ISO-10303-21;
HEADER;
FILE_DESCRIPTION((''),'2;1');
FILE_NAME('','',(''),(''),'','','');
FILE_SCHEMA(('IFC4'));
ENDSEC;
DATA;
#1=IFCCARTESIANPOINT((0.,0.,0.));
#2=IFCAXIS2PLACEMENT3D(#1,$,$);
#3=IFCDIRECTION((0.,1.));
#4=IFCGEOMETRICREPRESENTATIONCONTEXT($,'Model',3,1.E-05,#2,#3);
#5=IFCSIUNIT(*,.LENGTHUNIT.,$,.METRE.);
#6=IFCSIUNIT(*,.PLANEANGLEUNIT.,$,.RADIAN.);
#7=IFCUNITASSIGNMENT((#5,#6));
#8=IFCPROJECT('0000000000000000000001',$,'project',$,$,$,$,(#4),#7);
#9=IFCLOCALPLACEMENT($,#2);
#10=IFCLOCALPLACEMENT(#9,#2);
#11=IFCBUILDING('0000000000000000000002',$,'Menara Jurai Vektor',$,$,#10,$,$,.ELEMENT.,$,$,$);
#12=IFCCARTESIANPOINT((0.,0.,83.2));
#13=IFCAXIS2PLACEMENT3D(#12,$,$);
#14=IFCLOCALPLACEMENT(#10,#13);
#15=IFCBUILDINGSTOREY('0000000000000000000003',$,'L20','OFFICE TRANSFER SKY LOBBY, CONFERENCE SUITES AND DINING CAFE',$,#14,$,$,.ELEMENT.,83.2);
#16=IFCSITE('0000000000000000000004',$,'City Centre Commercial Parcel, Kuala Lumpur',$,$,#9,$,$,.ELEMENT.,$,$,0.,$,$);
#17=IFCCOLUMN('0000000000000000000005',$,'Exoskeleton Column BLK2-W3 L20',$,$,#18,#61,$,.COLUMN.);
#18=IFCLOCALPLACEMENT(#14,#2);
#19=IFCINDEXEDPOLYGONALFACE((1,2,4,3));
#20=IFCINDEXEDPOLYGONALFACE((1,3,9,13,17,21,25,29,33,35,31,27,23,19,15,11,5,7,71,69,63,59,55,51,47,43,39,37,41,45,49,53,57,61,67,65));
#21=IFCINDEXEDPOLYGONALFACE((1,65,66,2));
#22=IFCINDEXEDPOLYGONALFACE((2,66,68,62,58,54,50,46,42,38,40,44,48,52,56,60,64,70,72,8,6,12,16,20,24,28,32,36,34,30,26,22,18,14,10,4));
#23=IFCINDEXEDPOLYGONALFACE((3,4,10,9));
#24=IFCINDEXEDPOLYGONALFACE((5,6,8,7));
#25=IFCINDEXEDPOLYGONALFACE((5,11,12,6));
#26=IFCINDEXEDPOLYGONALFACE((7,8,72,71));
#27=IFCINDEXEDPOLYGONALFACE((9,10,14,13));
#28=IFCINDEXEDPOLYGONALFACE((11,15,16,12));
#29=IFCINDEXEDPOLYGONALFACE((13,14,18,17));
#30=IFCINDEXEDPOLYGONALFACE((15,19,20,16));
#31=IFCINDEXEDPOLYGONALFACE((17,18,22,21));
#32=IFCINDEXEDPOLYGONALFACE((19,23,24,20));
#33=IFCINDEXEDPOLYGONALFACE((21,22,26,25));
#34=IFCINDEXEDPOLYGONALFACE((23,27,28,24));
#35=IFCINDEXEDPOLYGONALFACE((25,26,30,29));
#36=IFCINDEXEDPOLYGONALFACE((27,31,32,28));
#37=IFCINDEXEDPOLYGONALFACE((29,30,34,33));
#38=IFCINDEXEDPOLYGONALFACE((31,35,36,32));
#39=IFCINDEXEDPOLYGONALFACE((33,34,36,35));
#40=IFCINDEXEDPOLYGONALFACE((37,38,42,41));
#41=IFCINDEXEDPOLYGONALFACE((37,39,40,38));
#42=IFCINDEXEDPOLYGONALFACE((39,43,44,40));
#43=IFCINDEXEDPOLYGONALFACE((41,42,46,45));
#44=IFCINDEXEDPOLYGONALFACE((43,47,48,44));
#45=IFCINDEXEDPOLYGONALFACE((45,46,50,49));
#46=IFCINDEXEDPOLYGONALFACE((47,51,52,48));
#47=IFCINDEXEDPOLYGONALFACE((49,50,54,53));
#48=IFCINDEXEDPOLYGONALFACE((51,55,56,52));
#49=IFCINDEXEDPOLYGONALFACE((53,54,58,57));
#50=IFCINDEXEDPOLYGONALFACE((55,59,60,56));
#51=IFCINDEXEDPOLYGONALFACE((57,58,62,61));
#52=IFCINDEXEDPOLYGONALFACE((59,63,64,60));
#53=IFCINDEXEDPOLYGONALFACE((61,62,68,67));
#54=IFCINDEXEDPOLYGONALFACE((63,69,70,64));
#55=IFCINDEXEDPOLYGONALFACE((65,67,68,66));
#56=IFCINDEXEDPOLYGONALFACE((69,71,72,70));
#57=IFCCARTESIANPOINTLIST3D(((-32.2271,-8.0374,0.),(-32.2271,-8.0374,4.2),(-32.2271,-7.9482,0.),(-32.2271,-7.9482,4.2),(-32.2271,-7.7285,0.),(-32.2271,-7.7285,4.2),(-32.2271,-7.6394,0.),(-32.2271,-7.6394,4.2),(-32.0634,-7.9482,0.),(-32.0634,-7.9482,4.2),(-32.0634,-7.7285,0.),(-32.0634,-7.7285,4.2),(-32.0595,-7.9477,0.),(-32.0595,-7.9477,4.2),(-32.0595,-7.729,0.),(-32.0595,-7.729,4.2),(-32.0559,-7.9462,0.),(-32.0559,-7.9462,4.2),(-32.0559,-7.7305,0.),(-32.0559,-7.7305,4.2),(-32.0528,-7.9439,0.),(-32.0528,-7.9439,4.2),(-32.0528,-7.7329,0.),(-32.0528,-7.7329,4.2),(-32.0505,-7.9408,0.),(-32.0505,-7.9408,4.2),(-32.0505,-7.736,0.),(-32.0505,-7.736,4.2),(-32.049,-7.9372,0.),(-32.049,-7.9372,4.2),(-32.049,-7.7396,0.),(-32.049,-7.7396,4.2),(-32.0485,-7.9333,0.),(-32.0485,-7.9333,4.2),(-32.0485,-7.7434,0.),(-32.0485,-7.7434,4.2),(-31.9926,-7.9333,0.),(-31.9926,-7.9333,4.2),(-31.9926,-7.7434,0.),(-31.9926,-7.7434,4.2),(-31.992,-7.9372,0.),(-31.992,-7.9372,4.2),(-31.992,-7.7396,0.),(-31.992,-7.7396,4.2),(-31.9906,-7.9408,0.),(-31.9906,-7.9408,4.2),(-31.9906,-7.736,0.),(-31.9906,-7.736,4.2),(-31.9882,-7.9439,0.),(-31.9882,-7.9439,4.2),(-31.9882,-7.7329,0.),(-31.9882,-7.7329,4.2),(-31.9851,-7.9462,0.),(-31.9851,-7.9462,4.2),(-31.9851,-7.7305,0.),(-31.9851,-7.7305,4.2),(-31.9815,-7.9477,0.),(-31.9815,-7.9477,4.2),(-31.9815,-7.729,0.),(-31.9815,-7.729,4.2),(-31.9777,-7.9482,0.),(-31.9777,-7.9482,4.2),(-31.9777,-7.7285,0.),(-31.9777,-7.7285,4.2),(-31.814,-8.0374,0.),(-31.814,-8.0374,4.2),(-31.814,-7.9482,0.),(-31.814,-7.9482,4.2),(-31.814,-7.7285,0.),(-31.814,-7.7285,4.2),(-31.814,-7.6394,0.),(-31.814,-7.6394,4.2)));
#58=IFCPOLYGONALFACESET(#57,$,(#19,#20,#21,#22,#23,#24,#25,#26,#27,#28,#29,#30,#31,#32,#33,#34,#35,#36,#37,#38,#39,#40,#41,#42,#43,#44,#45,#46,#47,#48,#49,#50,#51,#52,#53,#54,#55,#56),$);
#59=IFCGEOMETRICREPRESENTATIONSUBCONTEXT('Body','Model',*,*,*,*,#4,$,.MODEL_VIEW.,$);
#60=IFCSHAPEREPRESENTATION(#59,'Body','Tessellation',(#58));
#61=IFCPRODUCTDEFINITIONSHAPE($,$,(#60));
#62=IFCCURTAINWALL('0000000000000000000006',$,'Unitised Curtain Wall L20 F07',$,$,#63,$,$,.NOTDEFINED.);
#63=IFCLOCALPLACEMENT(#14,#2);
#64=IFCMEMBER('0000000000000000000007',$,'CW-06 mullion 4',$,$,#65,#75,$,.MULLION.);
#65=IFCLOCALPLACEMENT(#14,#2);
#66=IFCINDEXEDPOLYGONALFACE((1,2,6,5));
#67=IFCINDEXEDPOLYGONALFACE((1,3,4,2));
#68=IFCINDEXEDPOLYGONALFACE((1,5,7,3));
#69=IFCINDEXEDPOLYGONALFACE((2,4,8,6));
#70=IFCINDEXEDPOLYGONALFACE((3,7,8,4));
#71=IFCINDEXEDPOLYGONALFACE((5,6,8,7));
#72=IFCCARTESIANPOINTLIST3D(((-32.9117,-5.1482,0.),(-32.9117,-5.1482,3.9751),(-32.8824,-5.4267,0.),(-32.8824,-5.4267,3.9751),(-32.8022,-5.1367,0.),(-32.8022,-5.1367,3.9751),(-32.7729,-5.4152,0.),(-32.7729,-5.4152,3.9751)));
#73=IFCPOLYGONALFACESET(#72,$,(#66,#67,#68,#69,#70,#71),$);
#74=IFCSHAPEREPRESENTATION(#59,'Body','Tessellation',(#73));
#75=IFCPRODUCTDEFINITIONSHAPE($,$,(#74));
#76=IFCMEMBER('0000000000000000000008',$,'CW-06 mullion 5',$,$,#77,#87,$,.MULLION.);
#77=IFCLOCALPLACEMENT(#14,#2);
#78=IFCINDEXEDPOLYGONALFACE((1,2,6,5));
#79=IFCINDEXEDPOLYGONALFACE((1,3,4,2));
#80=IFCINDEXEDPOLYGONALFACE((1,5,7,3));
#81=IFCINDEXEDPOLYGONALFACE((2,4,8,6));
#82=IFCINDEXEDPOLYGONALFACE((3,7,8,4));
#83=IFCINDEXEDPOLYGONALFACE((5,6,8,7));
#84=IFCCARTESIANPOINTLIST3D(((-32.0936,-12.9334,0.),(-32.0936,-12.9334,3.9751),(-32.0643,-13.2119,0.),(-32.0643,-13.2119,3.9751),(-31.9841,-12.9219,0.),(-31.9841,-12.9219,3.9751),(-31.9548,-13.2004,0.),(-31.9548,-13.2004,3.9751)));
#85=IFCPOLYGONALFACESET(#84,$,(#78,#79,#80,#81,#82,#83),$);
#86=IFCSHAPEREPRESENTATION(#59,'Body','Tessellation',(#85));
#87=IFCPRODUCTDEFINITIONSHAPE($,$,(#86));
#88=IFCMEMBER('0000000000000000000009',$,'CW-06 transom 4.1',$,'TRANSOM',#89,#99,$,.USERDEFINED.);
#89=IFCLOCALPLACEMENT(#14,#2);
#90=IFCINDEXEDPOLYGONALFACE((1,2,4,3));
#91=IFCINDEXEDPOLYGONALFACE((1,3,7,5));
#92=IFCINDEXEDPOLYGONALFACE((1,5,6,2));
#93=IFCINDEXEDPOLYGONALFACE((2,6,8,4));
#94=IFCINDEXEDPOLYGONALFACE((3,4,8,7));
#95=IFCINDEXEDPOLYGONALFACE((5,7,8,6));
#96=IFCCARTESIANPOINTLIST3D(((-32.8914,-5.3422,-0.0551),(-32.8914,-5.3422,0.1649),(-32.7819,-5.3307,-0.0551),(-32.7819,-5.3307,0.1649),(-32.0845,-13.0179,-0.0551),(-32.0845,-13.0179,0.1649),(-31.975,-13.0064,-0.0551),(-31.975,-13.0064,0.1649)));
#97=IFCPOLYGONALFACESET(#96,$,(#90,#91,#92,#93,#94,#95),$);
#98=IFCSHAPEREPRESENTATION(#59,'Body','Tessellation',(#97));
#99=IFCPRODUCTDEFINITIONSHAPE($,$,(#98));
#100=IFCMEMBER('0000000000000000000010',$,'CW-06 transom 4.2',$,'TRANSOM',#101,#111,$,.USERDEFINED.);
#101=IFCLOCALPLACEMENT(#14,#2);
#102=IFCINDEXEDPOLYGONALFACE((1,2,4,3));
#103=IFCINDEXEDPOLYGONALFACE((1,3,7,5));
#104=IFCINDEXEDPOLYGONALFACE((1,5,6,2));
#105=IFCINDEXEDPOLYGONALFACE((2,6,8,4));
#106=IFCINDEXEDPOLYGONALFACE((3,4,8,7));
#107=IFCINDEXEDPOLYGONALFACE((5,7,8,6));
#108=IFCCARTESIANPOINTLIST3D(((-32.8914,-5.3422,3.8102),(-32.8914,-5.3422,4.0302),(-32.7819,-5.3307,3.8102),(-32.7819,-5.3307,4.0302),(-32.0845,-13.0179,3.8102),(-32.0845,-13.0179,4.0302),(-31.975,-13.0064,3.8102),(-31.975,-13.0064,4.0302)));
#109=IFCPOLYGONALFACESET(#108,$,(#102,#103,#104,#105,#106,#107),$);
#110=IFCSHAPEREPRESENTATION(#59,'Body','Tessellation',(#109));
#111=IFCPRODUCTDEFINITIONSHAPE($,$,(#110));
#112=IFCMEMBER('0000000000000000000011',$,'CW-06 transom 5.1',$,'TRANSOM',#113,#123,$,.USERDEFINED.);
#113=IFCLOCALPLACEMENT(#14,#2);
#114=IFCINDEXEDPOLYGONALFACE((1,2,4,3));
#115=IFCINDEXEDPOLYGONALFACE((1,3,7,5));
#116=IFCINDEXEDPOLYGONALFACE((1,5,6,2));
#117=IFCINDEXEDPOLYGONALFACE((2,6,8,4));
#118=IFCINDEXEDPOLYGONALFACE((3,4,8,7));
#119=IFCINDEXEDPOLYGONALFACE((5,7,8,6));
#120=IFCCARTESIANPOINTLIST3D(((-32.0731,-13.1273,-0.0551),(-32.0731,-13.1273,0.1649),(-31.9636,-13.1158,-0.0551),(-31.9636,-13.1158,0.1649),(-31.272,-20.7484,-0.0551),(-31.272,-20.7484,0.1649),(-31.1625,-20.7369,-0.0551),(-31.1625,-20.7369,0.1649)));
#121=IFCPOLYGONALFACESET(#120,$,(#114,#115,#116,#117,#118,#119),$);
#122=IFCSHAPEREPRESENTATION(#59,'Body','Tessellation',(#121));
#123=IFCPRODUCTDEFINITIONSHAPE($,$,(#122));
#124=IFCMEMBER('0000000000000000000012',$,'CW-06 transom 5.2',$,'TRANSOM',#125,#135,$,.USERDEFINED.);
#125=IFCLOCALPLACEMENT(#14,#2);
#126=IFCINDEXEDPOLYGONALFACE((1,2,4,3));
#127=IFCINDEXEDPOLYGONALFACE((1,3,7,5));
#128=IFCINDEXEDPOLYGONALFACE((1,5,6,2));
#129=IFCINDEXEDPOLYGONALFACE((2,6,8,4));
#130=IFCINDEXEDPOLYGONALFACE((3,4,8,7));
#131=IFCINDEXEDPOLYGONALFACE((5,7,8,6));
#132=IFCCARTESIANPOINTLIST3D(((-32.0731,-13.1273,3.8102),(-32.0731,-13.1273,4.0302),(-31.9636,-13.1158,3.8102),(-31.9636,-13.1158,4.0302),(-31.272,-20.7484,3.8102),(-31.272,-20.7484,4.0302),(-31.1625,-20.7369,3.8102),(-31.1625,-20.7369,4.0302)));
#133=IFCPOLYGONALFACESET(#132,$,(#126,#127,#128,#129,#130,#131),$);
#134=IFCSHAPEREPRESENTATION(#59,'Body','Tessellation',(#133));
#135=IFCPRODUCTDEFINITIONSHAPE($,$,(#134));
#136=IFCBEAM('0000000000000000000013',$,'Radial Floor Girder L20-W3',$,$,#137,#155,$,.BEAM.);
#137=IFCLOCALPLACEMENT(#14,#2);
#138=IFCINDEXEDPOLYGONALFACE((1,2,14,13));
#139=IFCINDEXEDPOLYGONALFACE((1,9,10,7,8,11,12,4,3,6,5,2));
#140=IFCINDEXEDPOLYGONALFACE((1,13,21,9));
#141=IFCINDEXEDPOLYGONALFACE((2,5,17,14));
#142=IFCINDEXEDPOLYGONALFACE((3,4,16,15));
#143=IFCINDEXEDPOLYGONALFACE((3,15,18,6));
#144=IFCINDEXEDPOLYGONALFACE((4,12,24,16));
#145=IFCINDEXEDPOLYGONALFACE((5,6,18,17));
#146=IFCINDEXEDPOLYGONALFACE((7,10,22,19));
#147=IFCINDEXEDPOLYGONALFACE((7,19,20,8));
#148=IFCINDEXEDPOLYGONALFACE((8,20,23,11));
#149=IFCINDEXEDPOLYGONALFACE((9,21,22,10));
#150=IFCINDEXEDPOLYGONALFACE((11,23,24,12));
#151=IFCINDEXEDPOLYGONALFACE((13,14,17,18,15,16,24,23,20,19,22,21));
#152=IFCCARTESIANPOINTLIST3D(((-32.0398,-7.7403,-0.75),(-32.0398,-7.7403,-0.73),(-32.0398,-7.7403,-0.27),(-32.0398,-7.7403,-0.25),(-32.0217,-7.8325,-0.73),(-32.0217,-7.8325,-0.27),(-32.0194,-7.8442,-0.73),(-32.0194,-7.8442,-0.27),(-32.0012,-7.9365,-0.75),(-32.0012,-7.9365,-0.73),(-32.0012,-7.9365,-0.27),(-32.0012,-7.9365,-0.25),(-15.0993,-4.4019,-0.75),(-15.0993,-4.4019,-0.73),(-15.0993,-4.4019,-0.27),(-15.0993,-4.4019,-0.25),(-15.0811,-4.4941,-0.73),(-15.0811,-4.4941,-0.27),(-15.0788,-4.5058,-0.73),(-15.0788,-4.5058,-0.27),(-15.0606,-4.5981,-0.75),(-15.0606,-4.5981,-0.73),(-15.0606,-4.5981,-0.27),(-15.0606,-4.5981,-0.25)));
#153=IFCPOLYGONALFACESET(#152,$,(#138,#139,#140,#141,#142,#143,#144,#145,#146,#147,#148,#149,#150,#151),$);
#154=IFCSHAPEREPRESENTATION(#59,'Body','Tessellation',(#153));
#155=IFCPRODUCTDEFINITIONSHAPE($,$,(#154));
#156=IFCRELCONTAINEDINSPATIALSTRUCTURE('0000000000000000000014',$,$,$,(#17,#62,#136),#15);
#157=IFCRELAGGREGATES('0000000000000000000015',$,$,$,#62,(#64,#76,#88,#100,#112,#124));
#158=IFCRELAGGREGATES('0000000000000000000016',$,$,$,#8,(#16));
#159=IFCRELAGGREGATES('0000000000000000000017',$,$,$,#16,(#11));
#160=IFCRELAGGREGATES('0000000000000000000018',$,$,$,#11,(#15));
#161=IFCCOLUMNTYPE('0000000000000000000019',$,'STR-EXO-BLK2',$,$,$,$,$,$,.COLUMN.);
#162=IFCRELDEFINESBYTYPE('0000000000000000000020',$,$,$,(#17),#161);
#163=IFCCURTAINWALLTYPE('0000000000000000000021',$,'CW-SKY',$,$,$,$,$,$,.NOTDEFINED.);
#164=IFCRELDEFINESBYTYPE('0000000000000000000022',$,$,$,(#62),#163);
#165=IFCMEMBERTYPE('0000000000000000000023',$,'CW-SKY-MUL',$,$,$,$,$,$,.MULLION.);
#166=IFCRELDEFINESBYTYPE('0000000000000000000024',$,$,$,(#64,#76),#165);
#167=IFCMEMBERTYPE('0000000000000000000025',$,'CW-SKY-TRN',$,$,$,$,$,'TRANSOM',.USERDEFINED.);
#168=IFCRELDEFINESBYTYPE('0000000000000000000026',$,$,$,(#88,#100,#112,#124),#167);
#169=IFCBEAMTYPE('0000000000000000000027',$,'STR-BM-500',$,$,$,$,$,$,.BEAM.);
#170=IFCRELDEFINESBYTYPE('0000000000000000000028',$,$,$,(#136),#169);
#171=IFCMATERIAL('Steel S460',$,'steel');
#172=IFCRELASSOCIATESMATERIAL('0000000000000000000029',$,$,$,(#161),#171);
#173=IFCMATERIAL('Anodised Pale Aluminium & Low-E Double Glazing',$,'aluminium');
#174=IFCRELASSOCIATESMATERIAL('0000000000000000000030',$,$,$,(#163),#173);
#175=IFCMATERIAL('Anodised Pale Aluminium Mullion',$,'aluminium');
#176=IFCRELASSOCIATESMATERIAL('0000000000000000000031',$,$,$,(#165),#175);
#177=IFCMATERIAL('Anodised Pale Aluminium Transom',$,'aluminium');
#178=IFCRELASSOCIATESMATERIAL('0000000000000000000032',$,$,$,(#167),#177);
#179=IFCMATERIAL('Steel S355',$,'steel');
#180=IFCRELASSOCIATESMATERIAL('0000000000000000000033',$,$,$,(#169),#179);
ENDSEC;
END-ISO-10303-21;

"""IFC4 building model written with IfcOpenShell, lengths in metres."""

from ifc_helpers import new_model, si_unit, direction, frame, origin, origin_2d, place, context, subcontext, project, spatial, rectangle, i_section, extrude, material, material_profile, profile_set, type_object, element, aggregate, save


model = new_model("IFC4")

# Units and contexts
model_context = context("Model", 3, precision=1e-05, world=origin(), true_north=direction((0.0, 1.0)))
body_context = subcontext(model_context, "Body", "Model", "MODEL_VIEW")
ifc_project = project(units=[si_unit("LENGTHUNIT", "METRE"), si_unit("PLANEANGLEUNIT", "RADIAN")], contexts=[model_context])

# Site, building, storey
site_placement = place(None, origin())
site = spatial("IfcSite", under=ifc_project, at=site_placement, Name="City Centre Commercial Parcel, Kuala Lumpur", CompositionType="ELEMENT", RefElevation=0.0)
building_placement = place(site_placement, origin())
building = spatial("IfcBuilding", under=site, at=building_placement, Name="Menara Jurai Vektor", CompositionType="ELEMENT")
storey_placement = place(building_placement, frame((0.0, 0.0, 83.2)))
storey = spatial("IfcBuildingStorey", under=building, at=storey_placement, Name="L20", Description="OFFICE TRANSFER SKY LOBBY, CONFERENCE SUITES AND DINING CAFE", CompositionType="ELEMENT", Elevation=83.2)

# Column
ifc_material_1 = material(Name="Steel S460", Category="steel")
ifc_material_profile_1 = material_profile(ifc_material_1, i_section(OverallWidth=0.4131, OverallDepth=0.3979, WebThickness=0.0559, FlangeThickness=0.0891, FilletRadius=0.0149, at=origin_2d()), Name="HD 400x744")
ifc_profile_set_1 = profile_set([ifc_material_profile_1], Name="Steel S460")
column_type = type_object("IfcColumnType", Name="STR-EXO-BLK2", PredefinedType="COLUMN", material=ifc_profile_set_1)
column_placement = place(storey_placement, frame((-32.0205, -7.8384, 0.0), z_axis=(0.0, 0.0, 1.0), x_axis=(1.0, 0.0, 0.0)))
element("IfcColumn", 1, at=column_placement, inside=storey, type_object=column_type, Name="Exoskeleton Column BLK2-W3 L20", PredefinedType="COLUMN", context=body_context, shape_type="SweptSolid", body=[
    extrude(i_section(OverallWidth=0.4131, OverallDepth=0.3979, WebThickness=0.0559, FlangeThickness=0.0891, FilletRadius=0.0149, at=origin_2d()), origin(), (0.0, 0.0, 1.0), 4.2),
])

# Curtain wall, members
ifc_material_2 = material(Name="Anodised Pale Aluminium & Low-E Double Glazing", Category="aluminium")
curtain_wall_type = type_object("IfcCurtainWallType", Name="CW-SKY", PredefinedType="NOTDEFINED", material=ifc_material_2)
curtain_wall_placement = place(storey_placement, origin())
curtain_wall = element("IfcCurtainWall", 2, at=curtain_wall_placement, inside=storey, type_object=curtain_wall_type, Name="Unitised Curtain Wall L20 F07", PredefinedType="NOTDEFINED")
ifc_material_3 = material(Name="Anodised Pale Aluminium Mullion", Category="aluminium")
ifc_material_profile_2 = material_profile(ifc_material_3, rectangle(XDim=0.1101, YDim=0.28, at=origin_2d()), Name="ALU MUL 110x280")
ifc_profile_set_2 = profile_set([ifc_material_profile_2], Name="Anodised Pale Aluminium Mullion")
member_type_1 = type_object("IfcMemberType", Name="CW-SKY-MUL", PredefinedType="MULLION", material=ifc_profile_set_2)
member_1_placement = place(storey_placement, frame((-32.8423, -5.2817, 0.0), z_axis=(0.0, 0.0, 1.0), x_axis=(0.994522, 0.10453, 0.0)))
member_1 = element("IfcMember", 3, at=member_1_placement, type_object=member_type_1, Name="CW-06 mullion 4", PredefinedType="MULLION", context=body_context, shape_type="SweptSolid", body=[
    extrude(rectangle(XDim=0.1101, YDim=0.28, at=origin_2d()), origin(), (0.0, 0.0, 1.0), 3.9751),
])
member_2_placement = place(storey_placement, frame((-32.0242, -13.0669, 0.0), z_axis=(0.0, 0.0, 1.0), x_axis=(0.994522, 0.10453, 0.0)))
member_2 = element("IfcMember", 4, at=member_2_placement, type_object=member_type_1, Name="CW-06 mullion 5", PredefinedType="MULLION", context=body_context, shape_type="SweptSolid", body=[
    extrude(rectangle(XDim=0.1101, YDim=0.28, at=origin_2d()), origin(), (0.0, 0.0, 1.0), 3.9751),
])
ifc_material_4 = material(Name="Anodised Pale Aluminium Transom", Category="aluminium")
ifc_material_profile_3 = material_profile(ifc_material_4, rectangle(XDim=0.1101, YDim=0.22, at=origin_2d()), Name="ALU TRN 110x220")
ifc_profile_set_3 = profile_set([ifc_material_profile_3], Name="Anodised Pale Aluminium Transom")
member_type_2 = type_object("IfcMemberType", Name="CW-SKY-TRN", ElementType="TRANSOM", PredefinedType="USERDEFINED", material=ifc_profile_set_3)
member_3_placement = place(storey_placement, frame((-32.8367, -5.3364, 0.0549), z_axis=(0.104545, -0.99452, 0.0), x_axis=(0.99452, 0.104545, 0.0)))
member_3 = element("IfcMember", 5, at=member_3_placement, type_object=member_type_2, Name="CW-06 transom 4.1", ObjectType="TRANSOM", PredefinedType="USERDEFINED", context=body_context, shape_type="SweptSolid", body=[
    extrude(rectangle(XDim=0.1101, YDim=0.22, at=origin_2d()), origin(), (0.0, 0.0, 1.0), 7.718),
])
member_4_placement = place(storey_placement, frame((-32.8367, -5.3364, 3.9202), z_axis=(0.104545, -0.99452, 0.0), x_axis=(0.99452, 0.104545, 0.0)))
member_4 = element("IfcMember", 6, at=member_4_placement, type_object=member_type_2, Name="CW-06 transom 4.2", ObjectType="TRANSOM", PredefinedType="USERDEFINED", context=body_context, shape_type="SweptSolid", body=[
    extrude(rectangle(XDim=0.1101, YDim=0.22, at=origin_2d()), origin(), (0.0, 0.0, 1.0), 7.718),
])
member_5_placement = place(storey_placement, frame((-32.0183, -13.1216, 0.0549), z_axis=(0.104531, -0.994522, 0.0), x_axis=(0.994522, 0.104531, 0.0)))
member_5 = element("IfcMember", 7, at=member_5_placement, type_object=member_type_2, Name="CW-06 transom 5.1", ObjectType="TRANSOM", PredefinedType="USERDEFINED", context=body_context, shape_type="SweptSolid", body=[
    extrude(rectangle(XDim=0.1101, YDim=0.22, at=origin_2d()), origin(), (0.0, 0.0, 1.0), 7.6631),
])
member_6_placement = place(storey_placement, frame((-32.0183, -13.1216, 3.9202), z_axis=(0.104531, -0.994522, 0.0), x_axis=(0.994522, 0.104531, 0.0)))
member_6 = element("IfcMember", 8, at=member_6_placement, type_object=member_type_2, Name="CW-06 transom 5.2", ObjectType="TRANSOM", PredefinedType="USERDEFINED", context=body_context, shape_type="SweptSolid", body=[
    extrude(rectangle(XDim=0.1101, YDim=0.22, at=origin_2d()), origin(), (0.0, 0.0, 1.0), 7.6631),
])

# Beam
ifc_material_5 = material(Name="Steel S355", Category="steel")
ifc_material_profile_4 = material_profile(ifc_material_5, i_section(OverallWidth=0.2, OverallDepth=0.5, WebThickness=0.012, FlangeThickness=0.02, at=origin_2d()), Name="PG 500x200x96")
ifc_profile_set_4 = profile_set([ifc_material_profile_4], Name="Steel S355")
beam_type_1 = type_object("IfcBeamType", Name="STR-BM-500", PredefinedType="BEAM", material=ifc_profile_set_4)
beam_1_placement = place(storey_placement, frame((-32.0205, -7.8384, -0.5), z_axis=(0.98113, 0.193347, 0.0), x_axis=(-0.193347, 0.98113, 0.0)))
element("IfcBeam", 9, at=beam_1_placement, inside=storey, type_object=beam_type_1, Name="Radial Floor Girder L20-W3", PredefinedType="BEAM", context=body_context, shape_type="SweptSolid", body=[
    extrude(i_section(OverallWidth=0.2, OverallDepth=0.5, WebThickness=0.012, FlangeThickness=0.02, at=origin_2d()), origin(), (0.0, 0.0, 1.0), 17.2664),
])

aggregate(curtain_wall, [member_1, member_2, member_3, member_4, member_5, member_6])

save(model, "model.ifc")
